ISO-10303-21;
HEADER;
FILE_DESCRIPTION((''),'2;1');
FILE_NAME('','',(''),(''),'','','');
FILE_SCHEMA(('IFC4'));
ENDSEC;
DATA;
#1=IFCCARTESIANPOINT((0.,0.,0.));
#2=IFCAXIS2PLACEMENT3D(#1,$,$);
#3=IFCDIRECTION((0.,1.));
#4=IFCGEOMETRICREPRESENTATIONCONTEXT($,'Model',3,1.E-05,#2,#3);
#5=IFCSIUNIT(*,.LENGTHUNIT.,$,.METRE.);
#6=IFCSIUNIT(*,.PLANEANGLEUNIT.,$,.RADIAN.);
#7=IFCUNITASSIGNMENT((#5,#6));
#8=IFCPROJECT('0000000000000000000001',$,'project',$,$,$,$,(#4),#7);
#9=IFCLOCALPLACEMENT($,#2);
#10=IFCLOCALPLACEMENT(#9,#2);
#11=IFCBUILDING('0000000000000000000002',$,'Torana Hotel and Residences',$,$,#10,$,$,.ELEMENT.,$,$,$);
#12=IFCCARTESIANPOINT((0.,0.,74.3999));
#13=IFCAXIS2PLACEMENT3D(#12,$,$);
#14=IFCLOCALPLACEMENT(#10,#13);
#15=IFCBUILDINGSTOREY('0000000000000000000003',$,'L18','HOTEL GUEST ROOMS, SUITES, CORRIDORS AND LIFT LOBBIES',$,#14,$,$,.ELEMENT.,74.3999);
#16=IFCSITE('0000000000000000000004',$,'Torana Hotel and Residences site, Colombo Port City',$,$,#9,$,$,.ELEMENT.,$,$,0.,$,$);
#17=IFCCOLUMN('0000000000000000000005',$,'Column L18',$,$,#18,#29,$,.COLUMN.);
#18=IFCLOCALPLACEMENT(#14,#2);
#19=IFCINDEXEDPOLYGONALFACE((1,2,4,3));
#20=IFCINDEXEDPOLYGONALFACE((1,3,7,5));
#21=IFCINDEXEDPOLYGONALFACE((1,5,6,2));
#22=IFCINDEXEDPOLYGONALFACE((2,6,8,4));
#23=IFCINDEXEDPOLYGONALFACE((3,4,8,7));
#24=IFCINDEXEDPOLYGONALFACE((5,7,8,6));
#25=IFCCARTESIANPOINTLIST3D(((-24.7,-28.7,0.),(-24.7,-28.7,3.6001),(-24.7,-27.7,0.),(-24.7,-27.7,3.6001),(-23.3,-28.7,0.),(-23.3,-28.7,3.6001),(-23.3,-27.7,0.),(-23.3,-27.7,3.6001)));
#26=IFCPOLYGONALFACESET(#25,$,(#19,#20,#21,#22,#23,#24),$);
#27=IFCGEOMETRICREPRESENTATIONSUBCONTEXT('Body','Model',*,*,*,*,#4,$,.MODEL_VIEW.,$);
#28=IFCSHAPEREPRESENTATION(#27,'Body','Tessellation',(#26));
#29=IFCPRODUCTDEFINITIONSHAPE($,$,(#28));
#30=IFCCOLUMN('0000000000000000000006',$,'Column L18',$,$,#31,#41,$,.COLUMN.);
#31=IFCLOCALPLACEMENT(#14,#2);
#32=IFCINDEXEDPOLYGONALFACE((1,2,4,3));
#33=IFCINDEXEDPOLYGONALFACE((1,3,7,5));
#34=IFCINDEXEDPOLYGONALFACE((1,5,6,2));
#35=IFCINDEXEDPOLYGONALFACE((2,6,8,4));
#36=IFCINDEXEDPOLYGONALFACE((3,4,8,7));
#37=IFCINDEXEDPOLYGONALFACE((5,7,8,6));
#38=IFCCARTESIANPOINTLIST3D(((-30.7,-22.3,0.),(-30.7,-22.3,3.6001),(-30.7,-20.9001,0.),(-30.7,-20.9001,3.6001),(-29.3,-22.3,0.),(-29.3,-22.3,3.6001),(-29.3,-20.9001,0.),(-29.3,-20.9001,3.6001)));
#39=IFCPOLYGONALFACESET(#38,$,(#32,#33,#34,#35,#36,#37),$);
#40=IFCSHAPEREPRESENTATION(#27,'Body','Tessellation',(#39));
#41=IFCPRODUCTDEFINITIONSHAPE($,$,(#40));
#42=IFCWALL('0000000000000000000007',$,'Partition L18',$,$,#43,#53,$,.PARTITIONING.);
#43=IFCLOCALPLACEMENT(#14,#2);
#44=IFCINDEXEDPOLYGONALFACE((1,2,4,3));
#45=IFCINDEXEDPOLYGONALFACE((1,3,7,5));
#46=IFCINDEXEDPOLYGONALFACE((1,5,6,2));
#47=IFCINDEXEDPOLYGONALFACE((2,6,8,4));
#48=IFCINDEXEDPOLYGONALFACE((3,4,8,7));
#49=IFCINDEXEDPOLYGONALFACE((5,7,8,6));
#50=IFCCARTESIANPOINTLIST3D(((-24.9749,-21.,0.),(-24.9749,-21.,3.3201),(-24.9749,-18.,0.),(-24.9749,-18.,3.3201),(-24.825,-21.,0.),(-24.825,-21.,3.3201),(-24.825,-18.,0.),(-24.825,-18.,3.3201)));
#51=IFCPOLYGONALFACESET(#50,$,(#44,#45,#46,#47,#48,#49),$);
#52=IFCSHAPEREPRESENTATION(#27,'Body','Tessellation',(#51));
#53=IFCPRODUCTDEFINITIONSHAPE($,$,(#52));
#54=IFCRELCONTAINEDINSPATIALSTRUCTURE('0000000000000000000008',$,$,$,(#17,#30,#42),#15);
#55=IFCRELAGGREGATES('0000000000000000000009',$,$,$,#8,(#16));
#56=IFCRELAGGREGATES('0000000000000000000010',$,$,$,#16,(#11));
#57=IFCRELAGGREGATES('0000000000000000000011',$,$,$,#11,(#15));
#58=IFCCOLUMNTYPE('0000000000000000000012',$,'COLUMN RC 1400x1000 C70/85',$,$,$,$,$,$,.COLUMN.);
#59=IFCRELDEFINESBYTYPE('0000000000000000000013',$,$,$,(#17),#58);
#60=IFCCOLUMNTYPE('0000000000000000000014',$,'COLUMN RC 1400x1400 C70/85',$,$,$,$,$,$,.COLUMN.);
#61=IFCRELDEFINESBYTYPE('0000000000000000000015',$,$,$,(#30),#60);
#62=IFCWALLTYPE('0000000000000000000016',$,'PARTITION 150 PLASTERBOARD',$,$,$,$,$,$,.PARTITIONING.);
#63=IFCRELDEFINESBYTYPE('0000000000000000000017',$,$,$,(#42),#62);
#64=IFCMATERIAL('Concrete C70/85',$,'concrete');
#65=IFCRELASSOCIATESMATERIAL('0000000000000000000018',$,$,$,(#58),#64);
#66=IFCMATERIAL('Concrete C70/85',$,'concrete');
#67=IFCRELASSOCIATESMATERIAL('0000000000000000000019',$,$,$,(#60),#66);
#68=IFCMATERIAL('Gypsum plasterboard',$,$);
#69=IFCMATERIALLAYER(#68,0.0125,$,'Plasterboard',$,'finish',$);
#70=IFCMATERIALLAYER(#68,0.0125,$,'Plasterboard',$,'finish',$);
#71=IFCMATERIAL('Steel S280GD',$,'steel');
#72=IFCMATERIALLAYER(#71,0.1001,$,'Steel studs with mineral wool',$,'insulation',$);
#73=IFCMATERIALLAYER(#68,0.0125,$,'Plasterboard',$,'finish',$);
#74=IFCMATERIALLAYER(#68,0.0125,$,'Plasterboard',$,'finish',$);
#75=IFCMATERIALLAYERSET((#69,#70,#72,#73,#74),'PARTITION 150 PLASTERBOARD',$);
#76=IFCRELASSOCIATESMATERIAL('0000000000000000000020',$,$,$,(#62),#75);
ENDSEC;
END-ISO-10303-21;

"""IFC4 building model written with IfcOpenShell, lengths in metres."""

from ifc_helpers import new_model, si_unit, direction, frame, frame_2d, origin, origin_2d, place, context, subcontext, project, spatial, rectangle, extrude, material, layer, layer_set, material_profile, profile_set, type_object, element, save


model = new_model("IFC4")

# Units and contexts
model_context = context("Model", 3, precision=1e-05, world=origin(), true_north=direction((0.0, 1.0)))
body_context = subcontext(model_context, "Body", "Model", "MODEL_VIEW")
ifc_project = project(units=[si_unit("LENGTHUNIT", "METRE"), si_unit("PLANEANGLEUNIT", "RADIAN")], contexts=[model_context])

# Site, building, storey
site_placement = place(None, origin())
site = spatial("IfcSite", under=ifc_project, at=site_placement, Name="Torana Hotel and Residences site, Colombo Port City", CompositionType="ELEMENT", RefElevation=0.0)
building_placement = place(site_placement, origin())
building = spatial("IfcBuilding", under=site, at=building_placement, Name="Torana Hotel and Residences", CompositionType="ELEMENT")
storey_placement = place(building_placement, frame((0.0, 0.0, 74.3999)))
storey = spatial("IfcBuildingStorey", under=building, at=storey_placement, Name="L18", Description="HOTEL GUEST ROOMS, SUITES, CORRIDORS AND LIFT LOBBIES", CompositionType="ELEMENT", Elevation=74.3999)

# Columns
ifc_material_1 = material(Name="Concrete C70/85", Category="concrete")
ifc_material_profile_1 = material_profile(ifc_material_1, rectangle(XDim=1.3999, YDim=1.0, at=origin_2d()), Name="RC 1400x1000")
ifc_profile_set_1 = profile_set([ifc_material_profile_1], Name="Concrete C70/85")
column_type_1 = type_object("IfcColumnType", Name="COLUMN RC 1400x1000 C70/85", PredefinedType="COLUMN", material=ifc_profile_set_1)
column_1_placement = place(storey_placement, frame((-24.0, -28.2, 0.0), z_axis=(0.0, 0.0, 1.0), x_axis=(1.0, 0.0, 0.0)))
element("IfcColumn", 1, at=column_1_placement, inside=storey, type_object=column_type_1, Name="Column L18", PredefinedType="COLUMN", context=body_context, shape_type="SweptSolid", body=[
    extrude(rectangle(XDim=1.3999, YDim=1.0, at=origin_2d()), origin(), (0.0, 0.0, 1.0), 3.6001),
])
ifc_material_2 = material(Name="Concrete C70/85", Category="concrete")
ifc_material_profile_2 = material_profile(ifc_material_2, rectangle(XDim=1.3999, YDim=1.3999, at=origin_2d()), Name="RC 1400x1400")
ifc_profile_set_2 = profile_set([ifc_material_profile_2], Name="Concrete C70/85")
column_type_2 = type_object("IfcColumnType", Name="COLUMN RC 1400x1400 C70/85", PredefinedType="COLUMN", material=ifc_profile_set_2)
column_2_placement = place(storey_placement, frame((-30.0, -21.6001, 0.0), z_axis=(0.0, 0.0, 1.0), x_axis=(1.0, 0.0, 0.0)))
element("IfcColumn", 2, at=column_2_placement, inside=storey, type_object=column_type_2, Name="Column L18", PredefinedType="COLUMN", context=body_context, shape_type="SweptSolid", body=[
    extrude(rectangle(XDim=1.3999, YDim=1.3999, at=origin_2d()), origin(), (0.0, 0.0, 1.0), 3.6001),
])

# Wall
ifc_material_3 = material(Name="Gypsum plasterboard")
ifc_layer_1 = layer(ifc_material_3, 0.0125, Name="Plasterboard", Category="finish")
ifc_layer_2 = layer(ifc_material_3, 0.0125, Name="Plasterboard", Category="finish")
ifc_material_4 = material(Name="Steel S280GD", Category="steel")
ifc_layer_3 = layer(ifc_material_4, 0.1001, Name="Steel studs with mineral wool", Category="insulation")
ifc_layer_4 = layer(ifc_material_3, 0.0125, Name="Plasterboard", Category="finish")
ifc_layer_5 = layer(ifc_material_3, 0.0125, Name="Plasterboard", Category="finish")
ifc_layer_set = layer_set([ifc_layer_1, ifc_layer_2, ifc_layer_3, ifc_layer_4, ifc_layer_5], Name="PARTITION 150 PLASTERBOARD")
wall_type = type_object("IfcWallType", Name="PARTITION 150 PLASTERBOARD", PredefinedType="PARTITIONING", material=ifc_layer_set)
wall_placement = place(storey_placement, frame((-24.8999, -21.0, 0.0), z_axis=(0.0, 0.0, 1.0), x_axis=(0.0, 1.0, 0.0)))
element("IfcWall", 3, at=wall_placement, inside=storey, type_object=wall_type, Name="Partition L18", PredefinedType="PARTITIONING", context=body_context, shape_type="SweptSolid", body=[
    extrude(rectangle(XDim=3.0, YDim=0.1499, at=frame_2d((1.5, 0.0))), origin(), (0.0, 0.0, 1.0), 3.3201),
])

save(model, "model.ifc")
